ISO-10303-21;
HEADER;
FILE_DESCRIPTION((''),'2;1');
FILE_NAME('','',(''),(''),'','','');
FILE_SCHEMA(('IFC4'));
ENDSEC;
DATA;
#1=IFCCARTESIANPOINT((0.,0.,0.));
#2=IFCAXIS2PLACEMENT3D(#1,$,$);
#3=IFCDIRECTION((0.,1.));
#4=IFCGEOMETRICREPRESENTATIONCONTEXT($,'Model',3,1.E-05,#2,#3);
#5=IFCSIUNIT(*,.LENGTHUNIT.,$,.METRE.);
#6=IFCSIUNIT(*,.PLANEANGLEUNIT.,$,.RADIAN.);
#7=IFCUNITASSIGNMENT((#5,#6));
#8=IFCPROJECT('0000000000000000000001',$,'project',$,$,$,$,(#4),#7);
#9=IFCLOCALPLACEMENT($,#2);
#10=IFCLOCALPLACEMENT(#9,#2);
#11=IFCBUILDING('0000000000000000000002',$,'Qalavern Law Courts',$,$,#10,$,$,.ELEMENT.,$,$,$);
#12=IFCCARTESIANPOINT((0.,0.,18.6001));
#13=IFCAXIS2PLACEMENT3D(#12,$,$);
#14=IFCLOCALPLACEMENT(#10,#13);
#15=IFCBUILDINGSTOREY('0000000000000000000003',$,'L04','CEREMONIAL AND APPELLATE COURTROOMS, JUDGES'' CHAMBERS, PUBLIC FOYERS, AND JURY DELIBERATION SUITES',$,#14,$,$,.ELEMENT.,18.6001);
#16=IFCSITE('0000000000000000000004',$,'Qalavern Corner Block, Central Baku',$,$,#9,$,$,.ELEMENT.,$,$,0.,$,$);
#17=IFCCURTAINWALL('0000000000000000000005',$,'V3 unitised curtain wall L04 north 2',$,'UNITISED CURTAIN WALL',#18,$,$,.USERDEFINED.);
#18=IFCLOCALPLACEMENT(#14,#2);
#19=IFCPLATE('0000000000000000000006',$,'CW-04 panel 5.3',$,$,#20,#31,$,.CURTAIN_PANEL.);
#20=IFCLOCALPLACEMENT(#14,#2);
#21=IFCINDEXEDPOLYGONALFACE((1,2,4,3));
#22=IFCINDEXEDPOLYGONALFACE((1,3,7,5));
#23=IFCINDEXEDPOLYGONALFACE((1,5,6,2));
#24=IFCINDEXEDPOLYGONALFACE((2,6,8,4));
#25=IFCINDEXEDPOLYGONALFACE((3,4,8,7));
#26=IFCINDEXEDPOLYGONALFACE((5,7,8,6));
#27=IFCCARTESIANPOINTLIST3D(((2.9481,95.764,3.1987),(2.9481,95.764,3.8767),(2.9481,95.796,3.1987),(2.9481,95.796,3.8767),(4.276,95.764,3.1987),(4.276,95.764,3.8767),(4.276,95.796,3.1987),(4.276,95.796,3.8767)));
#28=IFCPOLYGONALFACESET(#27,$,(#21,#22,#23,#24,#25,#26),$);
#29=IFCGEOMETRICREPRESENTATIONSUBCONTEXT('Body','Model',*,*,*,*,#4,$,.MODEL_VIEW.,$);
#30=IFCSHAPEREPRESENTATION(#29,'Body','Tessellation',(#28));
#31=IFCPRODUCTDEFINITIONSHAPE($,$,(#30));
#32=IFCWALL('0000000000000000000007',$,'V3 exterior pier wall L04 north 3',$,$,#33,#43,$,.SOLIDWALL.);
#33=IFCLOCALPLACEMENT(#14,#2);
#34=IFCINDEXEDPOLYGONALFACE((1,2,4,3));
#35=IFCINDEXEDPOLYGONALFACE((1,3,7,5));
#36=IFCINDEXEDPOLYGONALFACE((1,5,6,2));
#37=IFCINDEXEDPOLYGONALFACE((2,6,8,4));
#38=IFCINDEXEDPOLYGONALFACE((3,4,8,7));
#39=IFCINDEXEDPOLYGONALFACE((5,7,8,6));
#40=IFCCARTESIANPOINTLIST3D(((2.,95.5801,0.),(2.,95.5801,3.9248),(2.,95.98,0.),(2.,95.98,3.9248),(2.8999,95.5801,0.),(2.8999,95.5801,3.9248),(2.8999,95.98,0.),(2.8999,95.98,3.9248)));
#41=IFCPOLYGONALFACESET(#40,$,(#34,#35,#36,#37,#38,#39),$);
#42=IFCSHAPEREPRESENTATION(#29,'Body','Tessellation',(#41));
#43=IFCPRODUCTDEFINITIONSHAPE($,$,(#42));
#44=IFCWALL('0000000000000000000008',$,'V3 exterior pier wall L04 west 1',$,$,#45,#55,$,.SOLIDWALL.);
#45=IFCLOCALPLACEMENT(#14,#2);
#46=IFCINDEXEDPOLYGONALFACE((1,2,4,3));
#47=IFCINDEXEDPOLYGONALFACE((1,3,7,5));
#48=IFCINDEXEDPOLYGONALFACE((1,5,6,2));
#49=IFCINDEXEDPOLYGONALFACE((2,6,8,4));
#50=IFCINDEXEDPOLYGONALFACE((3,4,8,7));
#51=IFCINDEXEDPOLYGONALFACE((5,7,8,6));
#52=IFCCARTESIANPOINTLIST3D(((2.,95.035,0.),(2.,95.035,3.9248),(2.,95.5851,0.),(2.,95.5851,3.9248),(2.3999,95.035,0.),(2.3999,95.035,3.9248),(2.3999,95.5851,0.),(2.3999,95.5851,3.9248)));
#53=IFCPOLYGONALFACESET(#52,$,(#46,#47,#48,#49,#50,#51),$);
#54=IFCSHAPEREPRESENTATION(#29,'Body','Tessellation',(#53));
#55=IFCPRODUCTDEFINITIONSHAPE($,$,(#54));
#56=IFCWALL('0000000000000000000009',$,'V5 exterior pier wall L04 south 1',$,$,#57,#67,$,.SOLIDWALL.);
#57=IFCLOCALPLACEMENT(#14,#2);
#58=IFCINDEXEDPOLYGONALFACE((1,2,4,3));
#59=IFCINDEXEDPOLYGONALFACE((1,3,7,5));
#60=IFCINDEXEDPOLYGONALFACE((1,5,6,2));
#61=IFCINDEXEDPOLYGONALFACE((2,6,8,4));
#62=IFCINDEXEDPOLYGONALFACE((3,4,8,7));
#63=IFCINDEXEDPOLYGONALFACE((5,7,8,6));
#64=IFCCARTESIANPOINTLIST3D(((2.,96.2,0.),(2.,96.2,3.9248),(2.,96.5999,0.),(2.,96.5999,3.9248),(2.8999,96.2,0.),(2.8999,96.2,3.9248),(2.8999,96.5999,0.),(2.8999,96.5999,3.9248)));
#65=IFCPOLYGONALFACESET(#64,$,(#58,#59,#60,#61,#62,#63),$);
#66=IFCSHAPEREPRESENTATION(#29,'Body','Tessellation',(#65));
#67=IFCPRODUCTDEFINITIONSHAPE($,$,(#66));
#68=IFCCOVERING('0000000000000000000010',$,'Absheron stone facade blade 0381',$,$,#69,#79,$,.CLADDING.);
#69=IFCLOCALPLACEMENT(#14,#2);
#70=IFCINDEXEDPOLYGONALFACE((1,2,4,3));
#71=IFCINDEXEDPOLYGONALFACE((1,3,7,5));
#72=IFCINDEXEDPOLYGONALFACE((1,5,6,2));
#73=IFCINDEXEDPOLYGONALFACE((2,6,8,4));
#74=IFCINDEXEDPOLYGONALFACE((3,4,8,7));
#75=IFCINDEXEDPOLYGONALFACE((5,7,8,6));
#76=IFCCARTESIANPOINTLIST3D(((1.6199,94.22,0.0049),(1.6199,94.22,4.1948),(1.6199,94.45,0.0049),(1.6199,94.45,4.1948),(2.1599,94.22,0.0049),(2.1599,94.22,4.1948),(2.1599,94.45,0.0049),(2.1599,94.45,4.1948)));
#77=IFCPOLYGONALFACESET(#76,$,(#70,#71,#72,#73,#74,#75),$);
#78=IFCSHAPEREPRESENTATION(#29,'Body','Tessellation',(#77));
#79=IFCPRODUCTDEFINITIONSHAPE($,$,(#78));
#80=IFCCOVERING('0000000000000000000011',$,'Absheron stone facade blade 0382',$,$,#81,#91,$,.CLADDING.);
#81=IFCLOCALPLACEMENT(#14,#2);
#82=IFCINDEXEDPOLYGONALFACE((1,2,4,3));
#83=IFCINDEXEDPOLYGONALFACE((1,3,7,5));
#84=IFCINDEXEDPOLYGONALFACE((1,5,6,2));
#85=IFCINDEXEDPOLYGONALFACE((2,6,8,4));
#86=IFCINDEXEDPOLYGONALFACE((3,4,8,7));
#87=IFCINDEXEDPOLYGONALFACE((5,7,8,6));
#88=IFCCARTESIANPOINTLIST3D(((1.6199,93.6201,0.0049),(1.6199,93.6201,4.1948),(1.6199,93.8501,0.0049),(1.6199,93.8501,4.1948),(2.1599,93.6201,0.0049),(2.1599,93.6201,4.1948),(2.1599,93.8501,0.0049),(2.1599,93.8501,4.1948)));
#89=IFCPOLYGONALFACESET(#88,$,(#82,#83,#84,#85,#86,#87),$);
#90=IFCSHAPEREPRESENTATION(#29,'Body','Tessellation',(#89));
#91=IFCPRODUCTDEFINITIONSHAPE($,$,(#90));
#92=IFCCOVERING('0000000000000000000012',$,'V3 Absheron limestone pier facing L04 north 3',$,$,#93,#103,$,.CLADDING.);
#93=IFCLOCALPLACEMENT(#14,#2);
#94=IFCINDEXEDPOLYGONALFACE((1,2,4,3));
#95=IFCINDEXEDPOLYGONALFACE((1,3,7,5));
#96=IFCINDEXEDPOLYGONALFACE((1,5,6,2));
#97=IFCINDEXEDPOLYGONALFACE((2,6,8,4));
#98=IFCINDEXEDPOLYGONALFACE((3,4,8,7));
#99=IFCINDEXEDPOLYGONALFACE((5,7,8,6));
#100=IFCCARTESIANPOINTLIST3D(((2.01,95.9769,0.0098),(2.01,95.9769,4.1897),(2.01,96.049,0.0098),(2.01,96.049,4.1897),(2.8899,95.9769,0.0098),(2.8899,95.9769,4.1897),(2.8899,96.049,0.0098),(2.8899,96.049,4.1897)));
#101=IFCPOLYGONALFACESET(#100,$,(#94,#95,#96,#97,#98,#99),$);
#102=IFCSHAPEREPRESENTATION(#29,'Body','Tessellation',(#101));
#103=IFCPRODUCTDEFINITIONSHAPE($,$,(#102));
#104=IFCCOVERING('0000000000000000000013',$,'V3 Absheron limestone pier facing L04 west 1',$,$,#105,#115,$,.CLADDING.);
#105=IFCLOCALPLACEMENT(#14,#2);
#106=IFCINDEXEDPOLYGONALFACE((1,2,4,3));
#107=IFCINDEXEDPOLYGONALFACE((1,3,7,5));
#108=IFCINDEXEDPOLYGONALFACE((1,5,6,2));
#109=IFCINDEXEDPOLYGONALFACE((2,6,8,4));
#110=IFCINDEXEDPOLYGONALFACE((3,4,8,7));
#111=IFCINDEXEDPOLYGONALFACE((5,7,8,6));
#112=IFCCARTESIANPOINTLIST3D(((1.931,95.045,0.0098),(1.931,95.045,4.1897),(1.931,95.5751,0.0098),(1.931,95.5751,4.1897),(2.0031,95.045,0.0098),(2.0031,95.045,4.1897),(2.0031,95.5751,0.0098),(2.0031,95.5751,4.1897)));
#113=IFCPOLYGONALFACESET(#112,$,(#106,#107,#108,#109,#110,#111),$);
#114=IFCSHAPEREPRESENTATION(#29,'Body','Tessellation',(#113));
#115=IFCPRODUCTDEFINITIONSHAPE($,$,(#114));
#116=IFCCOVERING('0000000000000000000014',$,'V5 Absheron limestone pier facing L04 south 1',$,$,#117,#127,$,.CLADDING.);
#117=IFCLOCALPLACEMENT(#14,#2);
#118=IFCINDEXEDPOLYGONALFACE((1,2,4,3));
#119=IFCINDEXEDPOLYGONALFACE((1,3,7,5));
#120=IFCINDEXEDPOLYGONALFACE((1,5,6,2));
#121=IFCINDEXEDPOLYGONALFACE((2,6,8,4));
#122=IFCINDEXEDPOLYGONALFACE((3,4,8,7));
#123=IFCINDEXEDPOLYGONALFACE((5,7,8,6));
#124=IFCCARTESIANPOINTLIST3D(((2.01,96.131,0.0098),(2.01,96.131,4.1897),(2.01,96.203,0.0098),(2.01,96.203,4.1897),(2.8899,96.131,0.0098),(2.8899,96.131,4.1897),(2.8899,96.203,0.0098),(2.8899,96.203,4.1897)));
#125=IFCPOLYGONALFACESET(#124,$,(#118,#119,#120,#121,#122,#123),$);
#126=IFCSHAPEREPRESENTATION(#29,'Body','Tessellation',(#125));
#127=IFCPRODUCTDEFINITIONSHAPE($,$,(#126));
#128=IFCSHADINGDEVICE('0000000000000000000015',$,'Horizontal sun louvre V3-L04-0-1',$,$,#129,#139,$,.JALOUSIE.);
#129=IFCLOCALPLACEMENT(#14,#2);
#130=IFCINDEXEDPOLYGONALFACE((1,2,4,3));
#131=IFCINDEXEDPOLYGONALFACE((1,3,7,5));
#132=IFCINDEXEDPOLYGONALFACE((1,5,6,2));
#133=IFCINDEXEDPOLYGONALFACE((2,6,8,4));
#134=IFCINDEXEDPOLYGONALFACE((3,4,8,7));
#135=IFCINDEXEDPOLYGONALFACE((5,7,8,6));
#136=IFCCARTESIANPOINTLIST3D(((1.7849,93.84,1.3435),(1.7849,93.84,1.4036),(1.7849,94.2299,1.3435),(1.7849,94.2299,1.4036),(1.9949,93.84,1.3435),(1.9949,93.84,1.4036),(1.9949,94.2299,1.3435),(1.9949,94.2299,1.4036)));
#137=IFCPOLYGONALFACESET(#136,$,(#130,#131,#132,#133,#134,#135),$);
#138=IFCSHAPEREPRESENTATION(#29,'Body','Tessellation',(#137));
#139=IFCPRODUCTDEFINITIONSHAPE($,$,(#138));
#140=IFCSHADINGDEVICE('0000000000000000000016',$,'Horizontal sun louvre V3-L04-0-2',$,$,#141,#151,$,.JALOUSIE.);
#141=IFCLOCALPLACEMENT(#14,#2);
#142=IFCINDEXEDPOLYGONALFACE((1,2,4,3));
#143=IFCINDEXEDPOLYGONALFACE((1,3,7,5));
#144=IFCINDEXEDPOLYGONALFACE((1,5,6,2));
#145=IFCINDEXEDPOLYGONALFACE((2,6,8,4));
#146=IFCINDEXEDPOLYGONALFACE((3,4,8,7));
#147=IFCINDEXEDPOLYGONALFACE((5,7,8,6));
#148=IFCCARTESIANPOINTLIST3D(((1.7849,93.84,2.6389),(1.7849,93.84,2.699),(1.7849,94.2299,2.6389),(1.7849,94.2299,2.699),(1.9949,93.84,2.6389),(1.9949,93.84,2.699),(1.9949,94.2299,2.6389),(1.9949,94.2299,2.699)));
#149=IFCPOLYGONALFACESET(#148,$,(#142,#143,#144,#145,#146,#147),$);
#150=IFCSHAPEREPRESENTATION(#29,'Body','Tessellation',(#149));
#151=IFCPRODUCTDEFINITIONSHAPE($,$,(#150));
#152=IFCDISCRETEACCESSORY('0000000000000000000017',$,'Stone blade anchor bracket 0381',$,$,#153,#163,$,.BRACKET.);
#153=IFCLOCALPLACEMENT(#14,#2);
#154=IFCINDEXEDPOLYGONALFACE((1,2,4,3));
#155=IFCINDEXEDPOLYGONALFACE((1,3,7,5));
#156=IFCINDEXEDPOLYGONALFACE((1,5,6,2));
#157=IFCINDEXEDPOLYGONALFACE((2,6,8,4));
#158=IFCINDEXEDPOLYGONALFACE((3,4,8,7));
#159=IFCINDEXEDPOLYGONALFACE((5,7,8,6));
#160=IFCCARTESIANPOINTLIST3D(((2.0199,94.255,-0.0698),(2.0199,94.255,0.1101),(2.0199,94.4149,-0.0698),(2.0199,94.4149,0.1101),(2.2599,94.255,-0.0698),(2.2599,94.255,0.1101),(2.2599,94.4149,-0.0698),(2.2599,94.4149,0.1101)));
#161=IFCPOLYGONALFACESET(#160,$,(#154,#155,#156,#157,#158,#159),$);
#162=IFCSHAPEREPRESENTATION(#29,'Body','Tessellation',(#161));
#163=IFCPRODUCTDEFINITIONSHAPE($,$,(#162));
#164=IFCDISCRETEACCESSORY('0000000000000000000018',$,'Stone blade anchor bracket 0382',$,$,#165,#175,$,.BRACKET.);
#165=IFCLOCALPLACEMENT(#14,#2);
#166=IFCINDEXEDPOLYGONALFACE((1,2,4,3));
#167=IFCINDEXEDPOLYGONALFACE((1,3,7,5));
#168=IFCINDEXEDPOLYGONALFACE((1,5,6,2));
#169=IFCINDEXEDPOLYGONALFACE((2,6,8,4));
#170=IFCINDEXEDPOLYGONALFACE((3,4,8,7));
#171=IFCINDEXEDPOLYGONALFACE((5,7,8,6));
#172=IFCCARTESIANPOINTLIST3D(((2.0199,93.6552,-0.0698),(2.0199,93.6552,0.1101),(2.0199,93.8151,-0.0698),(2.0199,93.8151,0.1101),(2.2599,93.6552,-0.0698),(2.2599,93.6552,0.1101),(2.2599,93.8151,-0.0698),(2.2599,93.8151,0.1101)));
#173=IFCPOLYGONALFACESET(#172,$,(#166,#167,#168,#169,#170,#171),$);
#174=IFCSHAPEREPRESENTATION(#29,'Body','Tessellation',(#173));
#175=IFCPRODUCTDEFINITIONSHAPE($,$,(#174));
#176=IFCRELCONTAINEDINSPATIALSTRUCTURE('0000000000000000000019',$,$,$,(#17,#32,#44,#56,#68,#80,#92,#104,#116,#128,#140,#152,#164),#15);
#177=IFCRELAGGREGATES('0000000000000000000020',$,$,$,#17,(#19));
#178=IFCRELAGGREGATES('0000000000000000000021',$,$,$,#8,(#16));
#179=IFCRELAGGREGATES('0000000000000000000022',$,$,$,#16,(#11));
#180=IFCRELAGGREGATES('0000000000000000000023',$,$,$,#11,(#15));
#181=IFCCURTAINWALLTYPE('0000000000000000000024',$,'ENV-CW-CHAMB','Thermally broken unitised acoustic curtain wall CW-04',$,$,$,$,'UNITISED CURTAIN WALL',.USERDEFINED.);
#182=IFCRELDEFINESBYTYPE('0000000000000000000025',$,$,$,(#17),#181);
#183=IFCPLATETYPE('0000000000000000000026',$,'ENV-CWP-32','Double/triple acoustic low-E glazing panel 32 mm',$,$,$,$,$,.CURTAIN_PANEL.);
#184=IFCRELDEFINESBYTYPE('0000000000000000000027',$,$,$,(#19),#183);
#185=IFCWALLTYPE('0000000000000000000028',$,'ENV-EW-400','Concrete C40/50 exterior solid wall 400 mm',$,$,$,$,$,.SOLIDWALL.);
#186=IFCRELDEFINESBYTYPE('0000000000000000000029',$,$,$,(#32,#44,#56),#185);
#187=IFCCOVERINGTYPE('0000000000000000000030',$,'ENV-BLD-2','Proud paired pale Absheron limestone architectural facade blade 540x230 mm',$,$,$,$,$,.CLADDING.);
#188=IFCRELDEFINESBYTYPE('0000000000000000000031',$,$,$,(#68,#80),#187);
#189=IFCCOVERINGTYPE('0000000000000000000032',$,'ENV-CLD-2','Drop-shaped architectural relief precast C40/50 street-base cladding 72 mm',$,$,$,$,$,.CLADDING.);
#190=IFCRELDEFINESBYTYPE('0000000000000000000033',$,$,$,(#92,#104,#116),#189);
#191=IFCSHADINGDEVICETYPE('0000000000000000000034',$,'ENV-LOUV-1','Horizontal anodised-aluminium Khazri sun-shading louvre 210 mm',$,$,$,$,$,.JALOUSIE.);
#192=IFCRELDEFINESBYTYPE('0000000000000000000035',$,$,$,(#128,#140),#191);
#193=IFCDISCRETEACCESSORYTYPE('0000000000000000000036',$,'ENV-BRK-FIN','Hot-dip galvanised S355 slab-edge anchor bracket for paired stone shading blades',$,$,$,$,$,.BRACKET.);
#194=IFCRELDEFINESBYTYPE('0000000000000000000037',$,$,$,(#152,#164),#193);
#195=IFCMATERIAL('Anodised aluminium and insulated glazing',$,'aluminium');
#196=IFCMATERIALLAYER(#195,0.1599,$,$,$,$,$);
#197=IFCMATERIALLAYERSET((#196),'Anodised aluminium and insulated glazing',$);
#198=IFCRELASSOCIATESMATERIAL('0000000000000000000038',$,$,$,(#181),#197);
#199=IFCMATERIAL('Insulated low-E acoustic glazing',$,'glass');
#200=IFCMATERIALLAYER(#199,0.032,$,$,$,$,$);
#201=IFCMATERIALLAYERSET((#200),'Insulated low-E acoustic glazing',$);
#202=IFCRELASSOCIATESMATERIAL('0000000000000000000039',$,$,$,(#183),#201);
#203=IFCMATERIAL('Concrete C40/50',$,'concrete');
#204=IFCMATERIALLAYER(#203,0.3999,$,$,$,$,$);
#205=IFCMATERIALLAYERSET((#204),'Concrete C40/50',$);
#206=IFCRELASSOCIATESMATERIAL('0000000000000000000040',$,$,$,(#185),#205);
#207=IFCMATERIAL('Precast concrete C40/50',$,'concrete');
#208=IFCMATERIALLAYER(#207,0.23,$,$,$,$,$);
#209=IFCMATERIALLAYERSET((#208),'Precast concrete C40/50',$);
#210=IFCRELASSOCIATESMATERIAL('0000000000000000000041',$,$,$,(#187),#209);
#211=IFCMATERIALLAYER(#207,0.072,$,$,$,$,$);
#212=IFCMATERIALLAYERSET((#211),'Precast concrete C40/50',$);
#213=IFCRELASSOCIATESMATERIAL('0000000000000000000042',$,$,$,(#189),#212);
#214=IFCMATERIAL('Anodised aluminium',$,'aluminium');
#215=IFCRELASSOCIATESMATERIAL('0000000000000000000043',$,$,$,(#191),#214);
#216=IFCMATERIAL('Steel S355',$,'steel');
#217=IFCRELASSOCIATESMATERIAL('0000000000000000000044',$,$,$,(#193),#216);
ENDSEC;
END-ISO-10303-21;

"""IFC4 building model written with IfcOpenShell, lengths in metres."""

from ifc_helpers import new_model, si_unit, direction, frame, frame_2d, origin, origin_2d, place, context, subcontext, project, spatial, rectangle, extrude, material, layer, layer_set, type_object, element, aggregate, save


model = new_model("IFC4")

# Units and contexts
model_context = context("Model", 3, precision=1e-05, world=origin(), true_north=direction((0.0, 1.0)))
body_context = subcontext(model_context, "Body", "Model", "MODEL_VIEW")
ifc_project = project(units=[si_unit("LENGTHUNIT", "METRE"), si_unit("PLANEANGLEUNIT", "RADIAN")], contexts=[model_context])

# Site, building, storey
site_placement = place(None, origin())
site = spatial("IfcSite", under=ifc_project, at=site_placement, Name="Qalavern Corner Block, Central Baku", CompositionType="ELEMENT", RefElevation=0.0)
building_placement = place(site_placement, origin())
building = spatial("IfcBuilding", under=site, at=building_placement, Name="Qalavern Law Courts", CompositionType="ELEMENT")
storey_placement = place(building_placement, frame((0.0, 0.0, 18.6001)))
storey = spatial("IfcBuildingStorey", under=building, at=storey_placement, Name="L04", Description="CEREMONIAL AND APPELLATE COURTROOMS, JUDGES' CHAMBERS, PUBLIC FOYERS, AND JURY DELIBERATION SUITES", CompositionType="ELEMENT", Elevation=18.6001)

# Curtain wall
ifc_material_1 = material(Name="Anodised aluminium and insulated glazing", Category="aluminium")
ifc_layer_1 = layer(ifc_material_1, 0.1599)
ifc_layer_set_1 = layer_set([ifc_layer_1], Name="Anodised aluminium and insulated glazing")
curtain_wall_type_1 = type_object("IfcCurtainWallType", Name="ENV-CW-CHAMB", Description="Thermally broken unitised acoustic curtain wall CW-04", ElementType="UNITISED CURTAIN WALL", PredefinedType="USERDEFINED", material=ifc_layer_set_1)
curtain_wall_1_placement = place(storey_placement, origin())
curtain_wall_1 = element("IfcCurtainWall", 1, at=curtain_wall_1_placement, inside=storey, type_object=curtain_wall_type_1, Name="V3 unitised curtain wall L04 north 2", ObjectType="UNITISED CURTAIN WALL", PredefinedType="USERDEFINED")
ifc_material_2 = material(Name="Anodised aluminium", Category="aluminium")

# Shared definitions
ifc_material_3 = material(Name="Concrete C40/50", Category="concrete")

# Plate
ifc_material_4 = material(Name="Insulated low-E acoustic glazing", Category="glass")
ifc_layer_2 = layer(ifc_material_4, 0.032)
ifc_layer_set_2 = layer_set([ifc_layer_2], Name="Insulated low-E acoustic glazing")
plate_type_1 = type_object("IfcPlateType", Name="ENV-CWP-32", Description="Double/triple acoustic low-E glazing panel 32 mm", PredefinedType="CURTAIN_PANEL", material=ifc_layer_set_2)
plate_1_placement = place(storey_placement, frame((3.6121, 95.78, 3.1987), z_axis=(0.0, 0.0, 1.0), x_axis=(-1.0, 0.0, 0.0)))
plate_1 = element("IfcPlate", 2, at=plate_1_placement, type_object=plate_type_1, Name="CW-04 panel 5.3", PredefinedType="CURTAIN_PANEL", context=body_context, shape_type="SweptSolid", body=[
    extrude(rectangle(XDim=1.3279, YDim=0.032, at=origin_2d()), origin(), (0.0, 0.0, 1.0), 0.678),
])
aggregate(curtain_wall_1, [plate_1])

# Walls
ifc_layer_3 = layer(ifc_material_3, 0.3999)
ifc_layer_set_3 = layer_set([ifc_layer_3], Name="Concrete C40/50")
wall_type = type_object("IfcWallType", Name="ENV-EW-400", Description="Concrete C40/50 exterior solid wall 400 mm", PredefinedType="SOLIDWALL", material=ifc_layer_set_3)
wall_1_placement = place(storey_placement, frame((2.8999, 95.78, 0.0), z_axis=(0.0, 0.0, 1.0), x_axis=(-1.0, 0.0, 0.0)))
element("IfcWall", 3, at=wall_1_placement, inside=storey, type_object=wall_type, Name="V3 exterior pier wall L04 north 3", PredefinedType="SOLIDWALL", context=body_context, shape_type="SweptSolid", body=[
    extrude(rectangle(XDim=0.8999, YDim=0.3999, at=frame_2d((0.45, 0.0))), origin(), (0.0, 0.0, 1.0), 3.9248),
])
wall_2_placement = place(storey_placement, frame((2.2, 95.585, 0.0), z_axis=(0.0, 0.0, 1.0), x_axis=(0.0, -1.0, 0.0)))
element("IfcWall", 4, at=wall_2_placement, inside=storey, type_object=wall_type, Name="V3 exterior pier wall L04 west 1", PredefinedType="SOLIDWALL", context=body_context, shape_type="SweptSolid", body=[
    extrude(rectangle(XDim=0.55, YDim=0.3999, at=frame_2d((0.2749, 0.0))), origin(), (0.0, 0.0, 1.0), 3.9248),
])
wall_3_placement = place(storey_placement, frame((2.0, 96.3999, 0.0), z_axis=(0.0, 0.0, 1.0), x_axis=(1.0, 0.0, 0.0)))
element("IfcWall", 5, at=wall_3_placement, inside=storey, type_object=wall_type, Name="V5 exterior pier wall L04 south 1", PredefinedType="SOLIDWALL", context=body_context, shape_type="SweptSolid", body=[
    extrude(rectangle(XDim=0.8999, YDim=0.3999, at=frame_2d((0.45, 0.0))), origin(), (0.0, 0.0, 1.0), 3.9248),
])

# Coverings
ifc_material_5 = material(Name="Precast concrete C40/50", Category="concrete")
ifc_layer_4 = layer(ifc_material_5, 0.23)
ifc_layer_set_4 = layer_set([ifc_layer_4], Name="Precast concrete C40/50")
covering_type_1 = type_object("IfcCoveringType", Name="ENV-BLD-2", Description="Proud paired pale Absheron limestone architectural facade blade 540x230 mm", PredefinedType="CLADDING", material=ifc_layer_set_4)
for number, where, z_axis, x_axis, name in (
    (6, (1.8899, 94.335, 0.0049), (0.0, 0.0, 1.0), (-1.0, 0.0, 0.0), "Absheron stone facade blade 0381"),
    (7, (1.8899, 93.7351, 0.0049), (0.0, 0.0, 1.0), (-1.0, 0.0, 0.0), "Absheron stone facade blade 0382"),
):
    element("IfcCovering", number, at=place(storey_placement, frame(where, z_axis=z_axis, x_axis=x_axis)), inside=storey, type_object=covering_type_1, Name=name, PredefinedType="CLADDING", context=body_context, shape_type="SweptSolid", body=[
        extrude(rectangle(XDim=0.54, YDim=0.23, at=origin_2d()), origin(), (0.0, 0.0, 1.0), 4.1899),
    ])
ifc_layer_5 = layer(ifc_material_5, 0.072)
ifc_layer_set_5 = layer_set([ifc_layer_5], Name="Precast concrete C40/50")
covering_type_2 = type_object("IfcCoveringType", Name="ENV-CLD-2", Description="Drop-shaped architectural relief precast C40/50 street-base cladding 72 mm", PredefinedType="CLADDING", material=ifc_layer_set_5)
covering_1_placement = place(storey_placement, frame((2.45, 96.0129, 0.0098), z_axis=(0.0, 0.0, 1.0), x_axis=(-1.0, 0.0, 0.0)))
element("IfcCovering", 8, at=covering_1_placement, inside=storey, type_object=covering_type_2, Name="V3 Absheron limestone pier facing L04 north 3", PredefinedType="CLADDING", context=body_context, shape_type="SweptSolid", body=[
    extrude(rectangle(XDim=0.8799, YDim=0.072, at=origin_2d()), origin(), (0.0, 0.0, 1.0), 4.1799),
])
covering_2_placement = place(storey_placement, frame((1.967, 95.3101, 0.0098), z_axis=(0.0, 0.0, 1.0), x_axis=(0.0, -1.0, 0.0)))
element("IfcCovering", 9, at=covering_2_placement, inside=storey, type_object=covering_type_2, Name="V3 Absheron limestone pier facing L04 west 1", PredefinedType="CLADDING", context=body_context, shape_type="SweptSolid", body=[
    extrude(rectangle(XDim=0.53, YDim=0.072, at=origin_2d()), origin(), (0.0, 0.0, 1.0), 4.1799),
])
covering_3_placement = place(storey_placement, frame((2.45, 96.167, 0.0098), z_axis=(0.0, 0.0, 1.0), x_axis=(1.0, 0.0, 0.0)))
element("IfcCovering", 10, at=covering_3_placement, inside=storey, type_object=covering_type_2, Name="V5 Absheron limestone pier facing L04 south 1", PredefinedType="CLADDING", context=body_context, shape_type="SweptSolid", body=[
    extrude(rectangle(XDim=0.8799, YDim=0.072, at=origin_2d()), origin(), (0.0, 0.0, 1.0), 4.1799),
])

# Shading devices
shading_device_type = type_object("IfcShadingDeviceType", Name="ENV-LOUV-1", Description="Horizontal anodised-aluminium Khazri sun-shading louvre 210 mm", PredefinedType="JALOUSIE", material=ifc_material_2)
for number, where, z_axis, x_axis, name in (
    (11, (1.8899, 94.0349, 1.3435), (0.0, 0.0, 1.0), (0.0, -1.0, 0.0), "Horizontal sun louvre V3-L04-0-1"),
    (12, (1.8899, 94.0349, 2.6389), (0.0, 0.0, 1.0), (0.0, -1.0, 0.0), "Horizontal sun louvre V3-L04-0-2"),
):
    element("IfcShadingDevice", number, at=place(storey_placement, frame(where, z_axis=z_axis, x_axis=x_axis)), inside=storey, type_object=shading_device_type, Name=name, PredefinedType="JALOUSIE", context=body_context, shape_type="SweptSolid", body=[
        extrude(rectangle(XDim=0.3899, YDim=0.21, at=origin_2d()), origin(), (0.0, 0.0, 1.0), 0.0601),
    ])

# Discrete accessories
ifc_material_6 = material(Name="Steel S355", Category="steel")
discrete_accessory_type = type_object("IfcDiscreteAccessoryType", Name="ENV-BRK-FIN", Description="Hot-dip galvanised S355 slab-edge anchor bracket for paired stone shading blades", PredefinedType="BRACKET", material=ifc_material_6)
for number, where, z_axis, x_axis, name in (
    (13, (2.1399, 94.335, -0.0698), (0.0, 0.0, 1.0), (-1.0, 0.0, 0.0), "Stone blade anchor bracket 0381"),
    (14, (2.1399, 93.7351, -0.0698), (0.0, 0.0, 1.0), (-1.0, 0.0, 0.0), "Stone blade anchor bracket 0382"),
):
    element("IfcDiscreteAccessory", number, at=place(storey_placement, frame(where, z_axis=z_axis, x_axis=x_axis)), inside=storey, type_object=discrete_accessory_type, Name=name, PredefinedType="BRACKET", context=body_context, shape_type="SweptSolid", body=[
        extrude(rectangle(XDim=0.24, YDim=0.1599, at=origin_2d()), origin(), (0.0, 0.0, 1.0), 0.1799),
    ])

save(model, "model.ifc")
